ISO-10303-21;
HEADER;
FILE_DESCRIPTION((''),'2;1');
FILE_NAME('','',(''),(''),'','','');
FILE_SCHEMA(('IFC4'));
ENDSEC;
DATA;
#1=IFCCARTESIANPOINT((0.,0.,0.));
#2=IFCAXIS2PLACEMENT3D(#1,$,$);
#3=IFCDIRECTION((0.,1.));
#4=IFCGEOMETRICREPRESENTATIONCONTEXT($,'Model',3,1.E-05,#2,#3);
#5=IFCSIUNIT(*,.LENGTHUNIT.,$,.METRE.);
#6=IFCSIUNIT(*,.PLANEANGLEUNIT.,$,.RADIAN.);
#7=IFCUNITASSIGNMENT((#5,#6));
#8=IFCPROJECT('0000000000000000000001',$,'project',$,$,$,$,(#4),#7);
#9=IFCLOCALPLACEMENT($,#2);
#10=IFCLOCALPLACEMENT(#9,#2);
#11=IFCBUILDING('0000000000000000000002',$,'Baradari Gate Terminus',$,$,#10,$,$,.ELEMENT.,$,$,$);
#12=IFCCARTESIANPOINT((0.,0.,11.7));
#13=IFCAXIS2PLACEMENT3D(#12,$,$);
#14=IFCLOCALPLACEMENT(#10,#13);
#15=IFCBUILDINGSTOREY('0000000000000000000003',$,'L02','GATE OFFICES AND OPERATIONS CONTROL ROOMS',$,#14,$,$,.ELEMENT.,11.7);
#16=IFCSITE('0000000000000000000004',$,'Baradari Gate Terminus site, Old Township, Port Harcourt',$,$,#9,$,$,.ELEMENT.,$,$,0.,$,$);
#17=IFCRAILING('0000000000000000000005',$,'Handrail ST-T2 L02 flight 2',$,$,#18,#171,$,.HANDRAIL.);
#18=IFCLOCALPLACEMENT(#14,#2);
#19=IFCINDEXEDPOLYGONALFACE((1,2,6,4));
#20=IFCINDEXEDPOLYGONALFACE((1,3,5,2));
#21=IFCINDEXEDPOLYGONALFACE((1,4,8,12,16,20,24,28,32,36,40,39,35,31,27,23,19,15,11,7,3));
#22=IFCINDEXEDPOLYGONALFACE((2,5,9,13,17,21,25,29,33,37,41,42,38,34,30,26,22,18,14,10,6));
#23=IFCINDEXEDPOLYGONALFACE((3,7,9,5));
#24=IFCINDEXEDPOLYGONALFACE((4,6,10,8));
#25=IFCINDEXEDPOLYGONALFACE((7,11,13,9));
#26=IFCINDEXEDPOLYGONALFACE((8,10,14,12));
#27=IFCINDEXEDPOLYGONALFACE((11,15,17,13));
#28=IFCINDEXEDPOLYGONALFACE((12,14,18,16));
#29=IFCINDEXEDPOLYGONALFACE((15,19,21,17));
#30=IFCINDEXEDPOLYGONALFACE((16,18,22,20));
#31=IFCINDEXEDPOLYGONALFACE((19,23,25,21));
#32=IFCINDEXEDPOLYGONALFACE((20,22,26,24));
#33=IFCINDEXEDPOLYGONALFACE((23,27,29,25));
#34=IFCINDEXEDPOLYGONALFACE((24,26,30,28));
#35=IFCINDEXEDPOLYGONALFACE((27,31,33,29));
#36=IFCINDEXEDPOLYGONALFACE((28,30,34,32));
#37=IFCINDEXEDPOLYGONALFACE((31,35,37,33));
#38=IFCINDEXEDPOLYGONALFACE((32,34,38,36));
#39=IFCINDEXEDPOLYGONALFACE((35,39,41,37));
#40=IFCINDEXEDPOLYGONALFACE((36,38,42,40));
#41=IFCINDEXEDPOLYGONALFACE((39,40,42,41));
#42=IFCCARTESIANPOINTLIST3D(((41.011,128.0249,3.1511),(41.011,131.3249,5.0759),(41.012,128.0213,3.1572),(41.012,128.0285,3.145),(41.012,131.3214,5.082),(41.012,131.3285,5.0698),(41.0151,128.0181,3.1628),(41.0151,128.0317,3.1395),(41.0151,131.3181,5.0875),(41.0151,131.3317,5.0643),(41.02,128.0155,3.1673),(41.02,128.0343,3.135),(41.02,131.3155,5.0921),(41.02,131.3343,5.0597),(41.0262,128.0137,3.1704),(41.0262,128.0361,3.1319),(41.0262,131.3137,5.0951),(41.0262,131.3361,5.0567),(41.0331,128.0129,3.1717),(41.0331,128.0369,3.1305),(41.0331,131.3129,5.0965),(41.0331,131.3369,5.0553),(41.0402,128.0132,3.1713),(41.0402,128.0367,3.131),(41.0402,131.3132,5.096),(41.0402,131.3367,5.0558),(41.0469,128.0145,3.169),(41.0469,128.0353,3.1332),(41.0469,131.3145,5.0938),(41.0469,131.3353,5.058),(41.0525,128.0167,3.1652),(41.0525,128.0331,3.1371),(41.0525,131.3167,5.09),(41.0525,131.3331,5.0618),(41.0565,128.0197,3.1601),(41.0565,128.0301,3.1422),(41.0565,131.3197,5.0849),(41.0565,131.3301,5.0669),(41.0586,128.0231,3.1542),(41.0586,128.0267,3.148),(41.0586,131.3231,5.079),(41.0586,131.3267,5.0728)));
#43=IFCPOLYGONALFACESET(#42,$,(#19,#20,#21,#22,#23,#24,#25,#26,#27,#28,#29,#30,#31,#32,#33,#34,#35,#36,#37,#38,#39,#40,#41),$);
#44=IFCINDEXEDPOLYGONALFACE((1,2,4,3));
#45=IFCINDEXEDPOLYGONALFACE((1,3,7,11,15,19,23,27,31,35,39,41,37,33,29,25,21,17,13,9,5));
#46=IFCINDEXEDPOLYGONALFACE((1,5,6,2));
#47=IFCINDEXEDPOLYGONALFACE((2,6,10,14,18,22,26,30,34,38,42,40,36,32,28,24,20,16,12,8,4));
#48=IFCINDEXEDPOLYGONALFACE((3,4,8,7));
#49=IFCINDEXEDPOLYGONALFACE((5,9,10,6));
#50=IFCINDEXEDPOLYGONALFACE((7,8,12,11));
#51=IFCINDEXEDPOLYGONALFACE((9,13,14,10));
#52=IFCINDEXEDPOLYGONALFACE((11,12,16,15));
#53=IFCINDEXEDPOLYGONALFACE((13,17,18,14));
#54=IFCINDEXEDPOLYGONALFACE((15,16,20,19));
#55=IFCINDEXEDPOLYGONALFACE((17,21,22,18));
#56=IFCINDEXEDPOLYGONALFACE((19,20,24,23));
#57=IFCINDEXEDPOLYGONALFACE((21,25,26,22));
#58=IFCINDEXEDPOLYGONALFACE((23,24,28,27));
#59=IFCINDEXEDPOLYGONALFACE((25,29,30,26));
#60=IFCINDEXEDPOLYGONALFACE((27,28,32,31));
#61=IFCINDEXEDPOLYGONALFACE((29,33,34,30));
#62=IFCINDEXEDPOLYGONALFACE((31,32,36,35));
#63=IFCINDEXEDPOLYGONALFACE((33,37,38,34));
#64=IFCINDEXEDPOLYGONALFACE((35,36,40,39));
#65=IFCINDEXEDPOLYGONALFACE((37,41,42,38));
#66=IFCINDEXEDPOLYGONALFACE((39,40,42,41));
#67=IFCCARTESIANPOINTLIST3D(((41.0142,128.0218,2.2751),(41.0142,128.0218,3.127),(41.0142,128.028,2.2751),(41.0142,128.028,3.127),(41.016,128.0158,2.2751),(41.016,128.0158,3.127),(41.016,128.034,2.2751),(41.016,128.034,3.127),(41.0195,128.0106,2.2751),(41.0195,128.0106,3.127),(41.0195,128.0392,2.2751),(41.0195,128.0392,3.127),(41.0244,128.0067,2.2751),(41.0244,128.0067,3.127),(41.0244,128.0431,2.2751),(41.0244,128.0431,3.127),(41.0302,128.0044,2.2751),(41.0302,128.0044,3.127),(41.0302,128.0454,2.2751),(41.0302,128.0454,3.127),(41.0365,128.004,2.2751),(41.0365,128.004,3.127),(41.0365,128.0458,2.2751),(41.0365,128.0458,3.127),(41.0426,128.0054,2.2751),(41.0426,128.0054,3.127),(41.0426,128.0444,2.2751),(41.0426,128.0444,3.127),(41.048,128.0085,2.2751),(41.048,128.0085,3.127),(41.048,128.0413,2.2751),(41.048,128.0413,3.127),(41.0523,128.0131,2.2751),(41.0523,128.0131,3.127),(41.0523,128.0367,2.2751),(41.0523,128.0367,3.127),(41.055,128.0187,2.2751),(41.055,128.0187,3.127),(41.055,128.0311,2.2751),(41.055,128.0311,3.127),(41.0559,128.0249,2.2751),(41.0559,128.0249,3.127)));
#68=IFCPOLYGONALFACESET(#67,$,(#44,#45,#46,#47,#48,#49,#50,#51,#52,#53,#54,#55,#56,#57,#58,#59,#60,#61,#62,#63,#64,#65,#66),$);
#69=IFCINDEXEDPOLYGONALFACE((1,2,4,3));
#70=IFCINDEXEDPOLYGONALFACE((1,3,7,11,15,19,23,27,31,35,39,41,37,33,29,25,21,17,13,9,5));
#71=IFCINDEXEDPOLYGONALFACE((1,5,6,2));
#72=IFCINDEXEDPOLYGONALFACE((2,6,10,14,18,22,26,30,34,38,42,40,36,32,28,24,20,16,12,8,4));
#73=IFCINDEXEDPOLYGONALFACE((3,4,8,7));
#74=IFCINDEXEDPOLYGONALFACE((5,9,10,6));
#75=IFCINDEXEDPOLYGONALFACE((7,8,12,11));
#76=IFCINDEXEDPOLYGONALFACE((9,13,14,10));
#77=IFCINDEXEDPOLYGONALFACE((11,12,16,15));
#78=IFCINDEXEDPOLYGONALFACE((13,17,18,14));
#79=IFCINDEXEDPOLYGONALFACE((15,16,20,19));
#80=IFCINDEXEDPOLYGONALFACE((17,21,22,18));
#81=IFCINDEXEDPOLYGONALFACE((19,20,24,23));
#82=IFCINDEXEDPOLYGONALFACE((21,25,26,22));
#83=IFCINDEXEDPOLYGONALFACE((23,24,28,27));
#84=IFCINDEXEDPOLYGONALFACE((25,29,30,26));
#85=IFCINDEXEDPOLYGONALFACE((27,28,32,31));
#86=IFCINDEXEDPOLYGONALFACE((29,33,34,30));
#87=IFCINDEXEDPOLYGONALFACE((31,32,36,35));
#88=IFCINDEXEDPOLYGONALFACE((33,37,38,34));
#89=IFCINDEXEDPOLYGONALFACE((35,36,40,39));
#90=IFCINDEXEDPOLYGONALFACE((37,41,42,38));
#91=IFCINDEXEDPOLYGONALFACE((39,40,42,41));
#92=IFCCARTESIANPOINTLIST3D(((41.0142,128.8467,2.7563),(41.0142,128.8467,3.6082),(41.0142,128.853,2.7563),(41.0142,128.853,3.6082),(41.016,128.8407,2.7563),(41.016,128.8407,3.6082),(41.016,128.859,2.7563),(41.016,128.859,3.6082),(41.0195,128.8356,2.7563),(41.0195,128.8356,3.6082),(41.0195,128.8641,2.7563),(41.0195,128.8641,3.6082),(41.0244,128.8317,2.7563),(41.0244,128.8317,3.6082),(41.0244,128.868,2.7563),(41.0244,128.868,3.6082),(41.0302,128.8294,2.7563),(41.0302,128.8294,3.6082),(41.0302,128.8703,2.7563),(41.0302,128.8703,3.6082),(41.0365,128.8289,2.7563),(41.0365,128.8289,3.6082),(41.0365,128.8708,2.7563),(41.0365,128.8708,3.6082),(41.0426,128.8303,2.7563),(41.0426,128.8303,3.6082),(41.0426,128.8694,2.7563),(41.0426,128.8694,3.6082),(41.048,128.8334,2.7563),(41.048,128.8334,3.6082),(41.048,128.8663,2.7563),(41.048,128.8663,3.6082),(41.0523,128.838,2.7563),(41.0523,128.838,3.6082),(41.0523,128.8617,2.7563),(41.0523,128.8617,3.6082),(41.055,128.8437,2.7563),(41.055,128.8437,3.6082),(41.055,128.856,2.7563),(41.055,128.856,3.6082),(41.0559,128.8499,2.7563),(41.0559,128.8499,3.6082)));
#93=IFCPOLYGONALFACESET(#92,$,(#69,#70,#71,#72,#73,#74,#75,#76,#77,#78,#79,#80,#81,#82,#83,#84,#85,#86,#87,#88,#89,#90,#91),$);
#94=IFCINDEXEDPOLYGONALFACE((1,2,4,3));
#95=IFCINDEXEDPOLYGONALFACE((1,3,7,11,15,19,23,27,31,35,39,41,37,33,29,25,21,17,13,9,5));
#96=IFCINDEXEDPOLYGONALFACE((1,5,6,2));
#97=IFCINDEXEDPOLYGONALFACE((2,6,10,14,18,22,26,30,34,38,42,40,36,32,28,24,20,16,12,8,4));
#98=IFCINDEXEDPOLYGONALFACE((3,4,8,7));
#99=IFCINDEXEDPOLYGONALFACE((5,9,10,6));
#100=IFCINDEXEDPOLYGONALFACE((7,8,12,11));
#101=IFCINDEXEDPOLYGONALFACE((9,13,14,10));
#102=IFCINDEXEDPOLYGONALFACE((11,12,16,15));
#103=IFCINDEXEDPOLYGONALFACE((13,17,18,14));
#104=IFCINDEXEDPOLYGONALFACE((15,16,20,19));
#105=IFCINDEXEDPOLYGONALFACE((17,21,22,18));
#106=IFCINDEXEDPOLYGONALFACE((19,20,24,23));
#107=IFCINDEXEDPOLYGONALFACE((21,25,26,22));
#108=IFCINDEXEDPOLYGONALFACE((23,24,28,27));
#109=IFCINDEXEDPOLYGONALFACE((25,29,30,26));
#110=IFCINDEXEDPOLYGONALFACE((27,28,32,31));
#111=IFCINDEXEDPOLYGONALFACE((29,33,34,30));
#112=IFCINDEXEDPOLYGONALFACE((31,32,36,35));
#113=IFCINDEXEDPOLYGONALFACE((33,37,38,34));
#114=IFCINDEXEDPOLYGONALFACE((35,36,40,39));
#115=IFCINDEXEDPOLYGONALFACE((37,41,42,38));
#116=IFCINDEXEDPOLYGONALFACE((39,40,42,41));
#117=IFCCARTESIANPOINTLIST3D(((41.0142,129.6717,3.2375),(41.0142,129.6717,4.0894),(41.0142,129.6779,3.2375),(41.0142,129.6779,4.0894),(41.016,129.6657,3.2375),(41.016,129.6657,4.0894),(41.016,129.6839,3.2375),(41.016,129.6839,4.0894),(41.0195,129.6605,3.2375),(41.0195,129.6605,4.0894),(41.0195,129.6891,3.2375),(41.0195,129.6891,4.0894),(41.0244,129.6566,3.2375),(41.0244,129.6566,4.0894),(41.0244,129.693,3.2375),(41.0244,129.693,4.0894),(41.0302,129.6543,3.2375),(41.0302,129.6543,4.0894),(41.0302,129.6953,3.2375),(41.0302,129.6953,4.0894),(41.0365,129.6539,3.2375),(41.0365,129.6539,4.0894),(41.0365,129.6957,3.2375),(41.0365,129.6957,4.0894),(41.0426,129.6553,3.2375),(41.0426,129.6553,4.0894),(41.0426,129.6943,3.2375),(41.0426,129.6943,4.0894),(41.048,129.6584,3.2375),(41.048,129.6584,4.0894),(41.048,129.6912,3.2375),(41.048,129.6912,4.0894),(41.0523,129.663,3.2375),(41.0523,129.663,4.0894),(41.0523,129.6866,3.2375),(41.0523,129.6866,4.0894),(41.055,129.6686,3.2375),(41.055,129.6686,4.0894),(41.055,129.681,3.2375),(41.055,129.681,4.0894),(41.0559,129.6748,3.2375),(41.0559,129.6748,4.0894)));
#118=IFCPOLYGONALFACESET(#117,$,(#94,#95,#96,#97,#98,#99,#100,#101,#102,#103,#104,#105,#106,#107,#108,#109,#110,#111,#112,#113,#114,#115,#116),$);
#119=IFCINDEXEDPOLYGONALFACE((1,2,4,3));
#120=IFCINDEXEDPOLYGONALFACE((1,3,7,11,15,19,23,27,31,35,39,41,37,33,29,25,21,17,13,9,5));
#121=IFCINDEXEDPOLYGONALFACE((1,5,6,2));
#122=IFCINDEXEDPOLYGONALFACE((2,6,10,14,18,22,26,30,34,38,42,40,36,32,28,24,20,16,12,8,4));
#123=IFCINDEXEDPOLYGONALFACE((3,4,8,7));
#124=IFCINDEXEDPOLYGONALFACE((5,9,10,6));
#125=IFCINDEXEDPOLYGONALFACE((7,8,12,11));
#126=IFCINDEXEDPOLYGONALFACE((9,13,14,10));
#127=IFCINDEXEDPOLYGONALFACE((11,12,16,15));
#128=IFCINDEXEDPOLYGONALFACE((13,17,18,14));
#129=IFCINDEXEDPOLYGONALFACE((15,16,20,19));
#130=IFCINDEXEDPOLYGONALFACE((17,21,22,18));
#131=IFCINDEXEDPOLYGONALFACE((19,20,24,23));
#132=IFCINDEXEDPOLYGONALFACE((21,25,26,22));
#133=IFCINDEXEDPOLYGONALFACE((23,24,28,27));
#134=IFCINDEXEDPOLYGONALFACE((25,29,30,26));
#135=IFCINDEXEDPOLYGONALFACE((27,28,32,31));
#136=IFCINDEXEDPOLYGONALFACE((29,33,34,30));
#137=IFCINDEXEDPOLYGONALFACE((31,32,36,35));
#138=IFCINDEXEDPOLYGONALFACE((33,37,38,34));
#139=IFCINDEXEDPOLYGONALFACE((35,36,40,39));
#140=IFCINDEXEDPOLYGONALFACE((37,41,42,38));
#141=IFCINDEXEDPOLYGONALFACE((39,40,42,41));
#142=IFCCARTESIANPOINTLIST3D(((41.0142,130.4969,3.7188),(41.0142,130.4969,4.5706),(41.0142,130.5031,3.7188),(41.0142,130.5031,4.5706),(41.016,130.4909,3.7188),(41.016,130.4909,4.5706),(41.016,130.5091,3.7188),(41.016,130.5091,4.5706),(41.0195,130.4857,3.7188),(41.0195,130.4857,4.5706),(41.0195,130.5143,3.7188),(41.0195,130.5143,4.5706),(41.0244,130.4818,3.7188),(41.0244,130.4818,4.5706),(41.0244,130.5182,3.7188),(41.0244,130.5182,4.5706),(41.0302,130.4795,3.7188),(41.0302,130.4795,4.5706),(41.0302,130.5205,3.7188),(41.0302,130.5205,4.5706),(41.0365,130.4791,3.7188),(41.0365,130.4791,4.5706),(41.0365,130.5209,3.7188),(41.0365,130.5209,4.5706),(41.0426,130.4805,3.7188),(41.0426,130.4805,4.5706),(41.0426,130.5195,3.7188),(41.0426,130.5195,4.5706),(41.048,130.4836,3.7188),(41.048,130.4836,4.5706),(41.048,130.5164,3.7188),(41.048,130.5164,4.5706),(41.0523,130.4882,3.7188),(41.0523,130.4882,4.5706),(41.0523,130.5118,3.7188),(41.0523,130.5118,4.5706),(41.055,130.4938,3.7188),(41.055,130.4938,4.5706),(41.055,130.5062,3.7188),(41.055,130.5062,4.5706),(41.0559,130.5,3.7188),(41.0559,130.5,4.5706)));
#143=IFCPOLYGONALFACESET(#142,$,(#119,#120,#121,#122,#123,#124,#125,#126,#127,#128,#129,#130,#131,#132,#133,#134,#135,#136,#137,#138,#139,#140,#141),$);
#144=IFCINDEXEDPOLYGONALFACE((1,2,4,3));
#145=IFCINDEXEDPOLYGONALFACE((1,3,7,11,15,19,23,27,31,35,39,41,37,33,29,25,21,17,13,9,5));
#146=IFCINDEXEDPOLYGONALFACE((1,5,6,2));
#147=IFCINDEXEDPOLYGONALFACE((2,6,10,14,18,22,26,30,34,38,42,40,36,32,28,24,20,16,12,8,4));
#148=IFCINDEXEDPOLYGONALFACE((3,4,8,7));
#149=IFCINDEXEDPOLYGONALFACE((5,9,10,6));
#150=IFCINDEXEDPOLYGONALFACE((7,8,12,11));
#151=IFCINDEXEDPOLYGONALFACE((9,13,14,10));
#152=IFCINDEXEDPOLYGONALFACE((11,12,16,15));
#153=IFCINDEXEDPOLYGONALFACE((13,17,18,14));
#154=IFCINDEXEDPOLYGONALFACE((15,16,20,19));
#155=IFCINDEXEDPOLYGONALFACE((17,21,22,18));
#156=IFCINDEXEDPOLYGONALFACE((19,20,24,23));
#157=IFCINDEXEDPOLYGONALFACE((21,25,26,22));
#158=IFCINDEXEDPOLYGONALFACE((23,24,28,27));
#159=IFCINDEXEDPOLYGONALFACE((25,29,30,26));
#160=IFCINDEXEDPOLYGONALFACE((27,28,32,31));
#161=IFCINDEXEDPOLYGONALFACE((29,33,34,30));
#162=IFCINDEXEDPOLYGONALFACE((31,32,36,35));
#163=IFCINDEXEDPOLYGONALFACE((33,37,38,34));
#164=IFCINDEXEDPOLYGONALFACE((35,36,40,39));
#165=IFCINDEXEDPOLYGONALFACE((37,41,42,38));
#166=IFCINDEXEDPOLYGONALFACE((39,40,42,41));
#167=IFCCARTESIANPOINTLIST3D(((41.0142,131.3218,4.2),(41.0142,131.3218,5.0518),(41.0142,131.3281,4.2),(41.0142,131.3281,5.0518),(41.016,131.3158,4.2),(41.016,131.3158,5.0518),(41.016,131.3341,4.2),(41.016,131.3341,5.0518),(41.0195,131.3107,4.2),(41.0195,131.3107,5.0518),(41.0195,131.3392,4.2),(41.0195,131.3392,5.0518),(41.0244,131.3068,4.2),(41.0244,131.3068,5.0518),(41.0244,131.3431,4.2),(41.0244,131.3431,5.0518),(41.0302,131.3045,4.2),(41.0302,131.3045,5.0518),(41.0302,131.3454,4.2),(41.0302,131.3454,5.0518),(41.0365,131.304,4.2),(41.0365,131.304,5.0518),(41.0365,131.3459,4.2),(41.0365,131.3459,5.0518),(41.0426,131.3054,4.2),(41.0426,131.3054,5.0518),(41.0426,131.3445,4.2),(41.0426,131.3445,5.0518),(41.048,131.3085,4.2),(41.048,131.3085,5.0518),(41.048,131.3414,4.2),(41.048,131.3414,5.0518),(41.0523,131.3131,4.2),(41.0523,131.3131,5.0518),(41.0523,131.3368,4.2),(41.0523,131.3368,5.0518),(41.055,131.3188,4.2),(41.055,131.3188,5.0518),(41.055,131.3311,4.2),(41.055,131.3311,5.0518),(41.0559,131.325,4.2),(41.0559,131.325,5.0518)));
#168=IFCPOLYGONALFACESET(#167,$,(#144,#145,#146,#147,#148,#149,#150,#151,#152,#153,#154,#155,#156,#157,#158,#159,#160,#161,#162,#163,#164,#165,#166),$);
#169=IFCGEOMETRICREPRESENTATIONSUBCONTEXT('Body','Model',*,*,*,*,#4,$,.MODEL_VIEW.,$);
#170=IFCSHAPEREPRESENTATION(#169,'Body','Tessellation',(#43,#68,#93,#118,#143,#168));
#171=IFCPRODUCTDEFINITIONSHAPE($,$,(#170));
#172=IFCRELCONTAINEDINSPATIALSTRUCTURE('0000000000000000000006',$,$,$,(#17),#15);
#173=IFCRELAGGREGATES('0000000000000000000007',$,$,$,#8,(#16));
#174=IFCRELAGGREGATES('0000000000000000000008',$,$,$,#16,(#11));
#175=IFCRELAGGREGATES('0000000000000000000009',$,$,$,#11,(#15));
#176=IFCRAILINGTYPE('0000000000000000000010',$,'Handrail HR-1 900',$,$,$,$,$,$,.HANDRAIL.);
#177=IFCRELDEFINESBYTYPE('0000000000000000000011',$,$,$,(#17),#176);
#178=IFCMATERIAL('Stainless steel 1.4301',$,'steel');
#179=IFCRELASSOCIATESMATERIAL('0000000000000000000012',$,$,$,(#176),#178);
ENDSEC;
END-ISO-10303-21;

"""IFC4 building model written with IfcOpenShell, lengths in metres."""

from ifc_helpers import new_model, si_unit, direction, frame, origin, origin_2d, place, context, subcontext, project, spatial, circle, extrude, material, type_object, element, save


model = new_model("IFC4")

# Units and contexts
model_context = context("Model", 3, precision=1e-05, world=origin(), true_north=direction((0.0, 1.0)))
body_context = subcontext(model_context, "Body", "Model", "MODEL_VIEW")
ifc_project = project(units=[si_unit("LENGTHUNIT", "METRE"), si_unit("PLANEANGLEUNIT", "RADIAN")], contexts=[model_context])

# Site, building, storey
site_placement = place(None, origin())
site = spatial("IfcSite", under=ifc_project, at=site_placement, Name="Baradari Gate Terminus site, Old Township, Port Harcourt", CompositionType="ELEMENT", RefElevation=0.0)
building_placement = place(site_placement, origin())
building = spatial("IfcBuilding", under=site, at=building_placement, Name="Baradari Gate Terminus", CompositionType="ELEMENT")
storey_placement = place(building_placement, frame((0.0, 0.0, 11.7)))
storey = spatial("IfcBuildingStorey", under=building, at=storey_placement, Name="L02", Description="GATE OFFICES AND OPERATIONS CONTROL ROOMS", CompositionType="ELEMENT", Elevation=11.7)

# Railing
ifc_material_1 = material(Name="Stainless steel 1.4301", Category="steel")
railing_type = type_object("IfcRailingType", Name="Handrail HR-1 900", PredefinedType="HANDRAIL", material=ifc_material_1)
for number, where, name in (
    (1, (41.0349, 128.0249, 2.2751), "Handrail ST-T2 L02 flight 2"),
):
    element("IfcRailing", number, at=place(storey_placement, frame(where)), inside=storey, type_object=railing_type, Name=name, PredefinedType="HANDRAIL", context=body_context, shape_type="SweptSolid", body=[
        extrude(circle(Radius=0.0239, at=origin_2d()), frame((0.0, 0.0, 0.876), z_axis=(0.0, 0.863804, 0.503827), x_axis=(-1.0, 0.0, 0.0)), (0.0, 0.0, 1.0), 3.8203),
        extrude(circle(Radius=0.021, at=origin_2d()), origin(), (0.0, 0.0, 1.0), 0.8518),
        extrude(circle(Radius=0.021, at=origin_2d()), frame((0.0, 0.825, 0.4812)), (0.0, 0.0, 1.0), 0.8518),
        extrude(circle(Radius=0.021, at=origin_2d()), frame((0.0, 1.6499, 0.9624)), (0.0, 0.0, 1.0), 0.8518),
        extrude(circle(Radius=0.021, at=origin_2d()), frame((0.0, 2.4751, 1.4436)), (0.0, 0.0, 1.0), 0.8518),
        extrude(circle(Radius=0.021, at=origin_2d()), frame((0.0, 3.3, 1.9248)), (0.0, 0.0, 1.0), 0.8518),
    ])

save(model, "model.ifc")
